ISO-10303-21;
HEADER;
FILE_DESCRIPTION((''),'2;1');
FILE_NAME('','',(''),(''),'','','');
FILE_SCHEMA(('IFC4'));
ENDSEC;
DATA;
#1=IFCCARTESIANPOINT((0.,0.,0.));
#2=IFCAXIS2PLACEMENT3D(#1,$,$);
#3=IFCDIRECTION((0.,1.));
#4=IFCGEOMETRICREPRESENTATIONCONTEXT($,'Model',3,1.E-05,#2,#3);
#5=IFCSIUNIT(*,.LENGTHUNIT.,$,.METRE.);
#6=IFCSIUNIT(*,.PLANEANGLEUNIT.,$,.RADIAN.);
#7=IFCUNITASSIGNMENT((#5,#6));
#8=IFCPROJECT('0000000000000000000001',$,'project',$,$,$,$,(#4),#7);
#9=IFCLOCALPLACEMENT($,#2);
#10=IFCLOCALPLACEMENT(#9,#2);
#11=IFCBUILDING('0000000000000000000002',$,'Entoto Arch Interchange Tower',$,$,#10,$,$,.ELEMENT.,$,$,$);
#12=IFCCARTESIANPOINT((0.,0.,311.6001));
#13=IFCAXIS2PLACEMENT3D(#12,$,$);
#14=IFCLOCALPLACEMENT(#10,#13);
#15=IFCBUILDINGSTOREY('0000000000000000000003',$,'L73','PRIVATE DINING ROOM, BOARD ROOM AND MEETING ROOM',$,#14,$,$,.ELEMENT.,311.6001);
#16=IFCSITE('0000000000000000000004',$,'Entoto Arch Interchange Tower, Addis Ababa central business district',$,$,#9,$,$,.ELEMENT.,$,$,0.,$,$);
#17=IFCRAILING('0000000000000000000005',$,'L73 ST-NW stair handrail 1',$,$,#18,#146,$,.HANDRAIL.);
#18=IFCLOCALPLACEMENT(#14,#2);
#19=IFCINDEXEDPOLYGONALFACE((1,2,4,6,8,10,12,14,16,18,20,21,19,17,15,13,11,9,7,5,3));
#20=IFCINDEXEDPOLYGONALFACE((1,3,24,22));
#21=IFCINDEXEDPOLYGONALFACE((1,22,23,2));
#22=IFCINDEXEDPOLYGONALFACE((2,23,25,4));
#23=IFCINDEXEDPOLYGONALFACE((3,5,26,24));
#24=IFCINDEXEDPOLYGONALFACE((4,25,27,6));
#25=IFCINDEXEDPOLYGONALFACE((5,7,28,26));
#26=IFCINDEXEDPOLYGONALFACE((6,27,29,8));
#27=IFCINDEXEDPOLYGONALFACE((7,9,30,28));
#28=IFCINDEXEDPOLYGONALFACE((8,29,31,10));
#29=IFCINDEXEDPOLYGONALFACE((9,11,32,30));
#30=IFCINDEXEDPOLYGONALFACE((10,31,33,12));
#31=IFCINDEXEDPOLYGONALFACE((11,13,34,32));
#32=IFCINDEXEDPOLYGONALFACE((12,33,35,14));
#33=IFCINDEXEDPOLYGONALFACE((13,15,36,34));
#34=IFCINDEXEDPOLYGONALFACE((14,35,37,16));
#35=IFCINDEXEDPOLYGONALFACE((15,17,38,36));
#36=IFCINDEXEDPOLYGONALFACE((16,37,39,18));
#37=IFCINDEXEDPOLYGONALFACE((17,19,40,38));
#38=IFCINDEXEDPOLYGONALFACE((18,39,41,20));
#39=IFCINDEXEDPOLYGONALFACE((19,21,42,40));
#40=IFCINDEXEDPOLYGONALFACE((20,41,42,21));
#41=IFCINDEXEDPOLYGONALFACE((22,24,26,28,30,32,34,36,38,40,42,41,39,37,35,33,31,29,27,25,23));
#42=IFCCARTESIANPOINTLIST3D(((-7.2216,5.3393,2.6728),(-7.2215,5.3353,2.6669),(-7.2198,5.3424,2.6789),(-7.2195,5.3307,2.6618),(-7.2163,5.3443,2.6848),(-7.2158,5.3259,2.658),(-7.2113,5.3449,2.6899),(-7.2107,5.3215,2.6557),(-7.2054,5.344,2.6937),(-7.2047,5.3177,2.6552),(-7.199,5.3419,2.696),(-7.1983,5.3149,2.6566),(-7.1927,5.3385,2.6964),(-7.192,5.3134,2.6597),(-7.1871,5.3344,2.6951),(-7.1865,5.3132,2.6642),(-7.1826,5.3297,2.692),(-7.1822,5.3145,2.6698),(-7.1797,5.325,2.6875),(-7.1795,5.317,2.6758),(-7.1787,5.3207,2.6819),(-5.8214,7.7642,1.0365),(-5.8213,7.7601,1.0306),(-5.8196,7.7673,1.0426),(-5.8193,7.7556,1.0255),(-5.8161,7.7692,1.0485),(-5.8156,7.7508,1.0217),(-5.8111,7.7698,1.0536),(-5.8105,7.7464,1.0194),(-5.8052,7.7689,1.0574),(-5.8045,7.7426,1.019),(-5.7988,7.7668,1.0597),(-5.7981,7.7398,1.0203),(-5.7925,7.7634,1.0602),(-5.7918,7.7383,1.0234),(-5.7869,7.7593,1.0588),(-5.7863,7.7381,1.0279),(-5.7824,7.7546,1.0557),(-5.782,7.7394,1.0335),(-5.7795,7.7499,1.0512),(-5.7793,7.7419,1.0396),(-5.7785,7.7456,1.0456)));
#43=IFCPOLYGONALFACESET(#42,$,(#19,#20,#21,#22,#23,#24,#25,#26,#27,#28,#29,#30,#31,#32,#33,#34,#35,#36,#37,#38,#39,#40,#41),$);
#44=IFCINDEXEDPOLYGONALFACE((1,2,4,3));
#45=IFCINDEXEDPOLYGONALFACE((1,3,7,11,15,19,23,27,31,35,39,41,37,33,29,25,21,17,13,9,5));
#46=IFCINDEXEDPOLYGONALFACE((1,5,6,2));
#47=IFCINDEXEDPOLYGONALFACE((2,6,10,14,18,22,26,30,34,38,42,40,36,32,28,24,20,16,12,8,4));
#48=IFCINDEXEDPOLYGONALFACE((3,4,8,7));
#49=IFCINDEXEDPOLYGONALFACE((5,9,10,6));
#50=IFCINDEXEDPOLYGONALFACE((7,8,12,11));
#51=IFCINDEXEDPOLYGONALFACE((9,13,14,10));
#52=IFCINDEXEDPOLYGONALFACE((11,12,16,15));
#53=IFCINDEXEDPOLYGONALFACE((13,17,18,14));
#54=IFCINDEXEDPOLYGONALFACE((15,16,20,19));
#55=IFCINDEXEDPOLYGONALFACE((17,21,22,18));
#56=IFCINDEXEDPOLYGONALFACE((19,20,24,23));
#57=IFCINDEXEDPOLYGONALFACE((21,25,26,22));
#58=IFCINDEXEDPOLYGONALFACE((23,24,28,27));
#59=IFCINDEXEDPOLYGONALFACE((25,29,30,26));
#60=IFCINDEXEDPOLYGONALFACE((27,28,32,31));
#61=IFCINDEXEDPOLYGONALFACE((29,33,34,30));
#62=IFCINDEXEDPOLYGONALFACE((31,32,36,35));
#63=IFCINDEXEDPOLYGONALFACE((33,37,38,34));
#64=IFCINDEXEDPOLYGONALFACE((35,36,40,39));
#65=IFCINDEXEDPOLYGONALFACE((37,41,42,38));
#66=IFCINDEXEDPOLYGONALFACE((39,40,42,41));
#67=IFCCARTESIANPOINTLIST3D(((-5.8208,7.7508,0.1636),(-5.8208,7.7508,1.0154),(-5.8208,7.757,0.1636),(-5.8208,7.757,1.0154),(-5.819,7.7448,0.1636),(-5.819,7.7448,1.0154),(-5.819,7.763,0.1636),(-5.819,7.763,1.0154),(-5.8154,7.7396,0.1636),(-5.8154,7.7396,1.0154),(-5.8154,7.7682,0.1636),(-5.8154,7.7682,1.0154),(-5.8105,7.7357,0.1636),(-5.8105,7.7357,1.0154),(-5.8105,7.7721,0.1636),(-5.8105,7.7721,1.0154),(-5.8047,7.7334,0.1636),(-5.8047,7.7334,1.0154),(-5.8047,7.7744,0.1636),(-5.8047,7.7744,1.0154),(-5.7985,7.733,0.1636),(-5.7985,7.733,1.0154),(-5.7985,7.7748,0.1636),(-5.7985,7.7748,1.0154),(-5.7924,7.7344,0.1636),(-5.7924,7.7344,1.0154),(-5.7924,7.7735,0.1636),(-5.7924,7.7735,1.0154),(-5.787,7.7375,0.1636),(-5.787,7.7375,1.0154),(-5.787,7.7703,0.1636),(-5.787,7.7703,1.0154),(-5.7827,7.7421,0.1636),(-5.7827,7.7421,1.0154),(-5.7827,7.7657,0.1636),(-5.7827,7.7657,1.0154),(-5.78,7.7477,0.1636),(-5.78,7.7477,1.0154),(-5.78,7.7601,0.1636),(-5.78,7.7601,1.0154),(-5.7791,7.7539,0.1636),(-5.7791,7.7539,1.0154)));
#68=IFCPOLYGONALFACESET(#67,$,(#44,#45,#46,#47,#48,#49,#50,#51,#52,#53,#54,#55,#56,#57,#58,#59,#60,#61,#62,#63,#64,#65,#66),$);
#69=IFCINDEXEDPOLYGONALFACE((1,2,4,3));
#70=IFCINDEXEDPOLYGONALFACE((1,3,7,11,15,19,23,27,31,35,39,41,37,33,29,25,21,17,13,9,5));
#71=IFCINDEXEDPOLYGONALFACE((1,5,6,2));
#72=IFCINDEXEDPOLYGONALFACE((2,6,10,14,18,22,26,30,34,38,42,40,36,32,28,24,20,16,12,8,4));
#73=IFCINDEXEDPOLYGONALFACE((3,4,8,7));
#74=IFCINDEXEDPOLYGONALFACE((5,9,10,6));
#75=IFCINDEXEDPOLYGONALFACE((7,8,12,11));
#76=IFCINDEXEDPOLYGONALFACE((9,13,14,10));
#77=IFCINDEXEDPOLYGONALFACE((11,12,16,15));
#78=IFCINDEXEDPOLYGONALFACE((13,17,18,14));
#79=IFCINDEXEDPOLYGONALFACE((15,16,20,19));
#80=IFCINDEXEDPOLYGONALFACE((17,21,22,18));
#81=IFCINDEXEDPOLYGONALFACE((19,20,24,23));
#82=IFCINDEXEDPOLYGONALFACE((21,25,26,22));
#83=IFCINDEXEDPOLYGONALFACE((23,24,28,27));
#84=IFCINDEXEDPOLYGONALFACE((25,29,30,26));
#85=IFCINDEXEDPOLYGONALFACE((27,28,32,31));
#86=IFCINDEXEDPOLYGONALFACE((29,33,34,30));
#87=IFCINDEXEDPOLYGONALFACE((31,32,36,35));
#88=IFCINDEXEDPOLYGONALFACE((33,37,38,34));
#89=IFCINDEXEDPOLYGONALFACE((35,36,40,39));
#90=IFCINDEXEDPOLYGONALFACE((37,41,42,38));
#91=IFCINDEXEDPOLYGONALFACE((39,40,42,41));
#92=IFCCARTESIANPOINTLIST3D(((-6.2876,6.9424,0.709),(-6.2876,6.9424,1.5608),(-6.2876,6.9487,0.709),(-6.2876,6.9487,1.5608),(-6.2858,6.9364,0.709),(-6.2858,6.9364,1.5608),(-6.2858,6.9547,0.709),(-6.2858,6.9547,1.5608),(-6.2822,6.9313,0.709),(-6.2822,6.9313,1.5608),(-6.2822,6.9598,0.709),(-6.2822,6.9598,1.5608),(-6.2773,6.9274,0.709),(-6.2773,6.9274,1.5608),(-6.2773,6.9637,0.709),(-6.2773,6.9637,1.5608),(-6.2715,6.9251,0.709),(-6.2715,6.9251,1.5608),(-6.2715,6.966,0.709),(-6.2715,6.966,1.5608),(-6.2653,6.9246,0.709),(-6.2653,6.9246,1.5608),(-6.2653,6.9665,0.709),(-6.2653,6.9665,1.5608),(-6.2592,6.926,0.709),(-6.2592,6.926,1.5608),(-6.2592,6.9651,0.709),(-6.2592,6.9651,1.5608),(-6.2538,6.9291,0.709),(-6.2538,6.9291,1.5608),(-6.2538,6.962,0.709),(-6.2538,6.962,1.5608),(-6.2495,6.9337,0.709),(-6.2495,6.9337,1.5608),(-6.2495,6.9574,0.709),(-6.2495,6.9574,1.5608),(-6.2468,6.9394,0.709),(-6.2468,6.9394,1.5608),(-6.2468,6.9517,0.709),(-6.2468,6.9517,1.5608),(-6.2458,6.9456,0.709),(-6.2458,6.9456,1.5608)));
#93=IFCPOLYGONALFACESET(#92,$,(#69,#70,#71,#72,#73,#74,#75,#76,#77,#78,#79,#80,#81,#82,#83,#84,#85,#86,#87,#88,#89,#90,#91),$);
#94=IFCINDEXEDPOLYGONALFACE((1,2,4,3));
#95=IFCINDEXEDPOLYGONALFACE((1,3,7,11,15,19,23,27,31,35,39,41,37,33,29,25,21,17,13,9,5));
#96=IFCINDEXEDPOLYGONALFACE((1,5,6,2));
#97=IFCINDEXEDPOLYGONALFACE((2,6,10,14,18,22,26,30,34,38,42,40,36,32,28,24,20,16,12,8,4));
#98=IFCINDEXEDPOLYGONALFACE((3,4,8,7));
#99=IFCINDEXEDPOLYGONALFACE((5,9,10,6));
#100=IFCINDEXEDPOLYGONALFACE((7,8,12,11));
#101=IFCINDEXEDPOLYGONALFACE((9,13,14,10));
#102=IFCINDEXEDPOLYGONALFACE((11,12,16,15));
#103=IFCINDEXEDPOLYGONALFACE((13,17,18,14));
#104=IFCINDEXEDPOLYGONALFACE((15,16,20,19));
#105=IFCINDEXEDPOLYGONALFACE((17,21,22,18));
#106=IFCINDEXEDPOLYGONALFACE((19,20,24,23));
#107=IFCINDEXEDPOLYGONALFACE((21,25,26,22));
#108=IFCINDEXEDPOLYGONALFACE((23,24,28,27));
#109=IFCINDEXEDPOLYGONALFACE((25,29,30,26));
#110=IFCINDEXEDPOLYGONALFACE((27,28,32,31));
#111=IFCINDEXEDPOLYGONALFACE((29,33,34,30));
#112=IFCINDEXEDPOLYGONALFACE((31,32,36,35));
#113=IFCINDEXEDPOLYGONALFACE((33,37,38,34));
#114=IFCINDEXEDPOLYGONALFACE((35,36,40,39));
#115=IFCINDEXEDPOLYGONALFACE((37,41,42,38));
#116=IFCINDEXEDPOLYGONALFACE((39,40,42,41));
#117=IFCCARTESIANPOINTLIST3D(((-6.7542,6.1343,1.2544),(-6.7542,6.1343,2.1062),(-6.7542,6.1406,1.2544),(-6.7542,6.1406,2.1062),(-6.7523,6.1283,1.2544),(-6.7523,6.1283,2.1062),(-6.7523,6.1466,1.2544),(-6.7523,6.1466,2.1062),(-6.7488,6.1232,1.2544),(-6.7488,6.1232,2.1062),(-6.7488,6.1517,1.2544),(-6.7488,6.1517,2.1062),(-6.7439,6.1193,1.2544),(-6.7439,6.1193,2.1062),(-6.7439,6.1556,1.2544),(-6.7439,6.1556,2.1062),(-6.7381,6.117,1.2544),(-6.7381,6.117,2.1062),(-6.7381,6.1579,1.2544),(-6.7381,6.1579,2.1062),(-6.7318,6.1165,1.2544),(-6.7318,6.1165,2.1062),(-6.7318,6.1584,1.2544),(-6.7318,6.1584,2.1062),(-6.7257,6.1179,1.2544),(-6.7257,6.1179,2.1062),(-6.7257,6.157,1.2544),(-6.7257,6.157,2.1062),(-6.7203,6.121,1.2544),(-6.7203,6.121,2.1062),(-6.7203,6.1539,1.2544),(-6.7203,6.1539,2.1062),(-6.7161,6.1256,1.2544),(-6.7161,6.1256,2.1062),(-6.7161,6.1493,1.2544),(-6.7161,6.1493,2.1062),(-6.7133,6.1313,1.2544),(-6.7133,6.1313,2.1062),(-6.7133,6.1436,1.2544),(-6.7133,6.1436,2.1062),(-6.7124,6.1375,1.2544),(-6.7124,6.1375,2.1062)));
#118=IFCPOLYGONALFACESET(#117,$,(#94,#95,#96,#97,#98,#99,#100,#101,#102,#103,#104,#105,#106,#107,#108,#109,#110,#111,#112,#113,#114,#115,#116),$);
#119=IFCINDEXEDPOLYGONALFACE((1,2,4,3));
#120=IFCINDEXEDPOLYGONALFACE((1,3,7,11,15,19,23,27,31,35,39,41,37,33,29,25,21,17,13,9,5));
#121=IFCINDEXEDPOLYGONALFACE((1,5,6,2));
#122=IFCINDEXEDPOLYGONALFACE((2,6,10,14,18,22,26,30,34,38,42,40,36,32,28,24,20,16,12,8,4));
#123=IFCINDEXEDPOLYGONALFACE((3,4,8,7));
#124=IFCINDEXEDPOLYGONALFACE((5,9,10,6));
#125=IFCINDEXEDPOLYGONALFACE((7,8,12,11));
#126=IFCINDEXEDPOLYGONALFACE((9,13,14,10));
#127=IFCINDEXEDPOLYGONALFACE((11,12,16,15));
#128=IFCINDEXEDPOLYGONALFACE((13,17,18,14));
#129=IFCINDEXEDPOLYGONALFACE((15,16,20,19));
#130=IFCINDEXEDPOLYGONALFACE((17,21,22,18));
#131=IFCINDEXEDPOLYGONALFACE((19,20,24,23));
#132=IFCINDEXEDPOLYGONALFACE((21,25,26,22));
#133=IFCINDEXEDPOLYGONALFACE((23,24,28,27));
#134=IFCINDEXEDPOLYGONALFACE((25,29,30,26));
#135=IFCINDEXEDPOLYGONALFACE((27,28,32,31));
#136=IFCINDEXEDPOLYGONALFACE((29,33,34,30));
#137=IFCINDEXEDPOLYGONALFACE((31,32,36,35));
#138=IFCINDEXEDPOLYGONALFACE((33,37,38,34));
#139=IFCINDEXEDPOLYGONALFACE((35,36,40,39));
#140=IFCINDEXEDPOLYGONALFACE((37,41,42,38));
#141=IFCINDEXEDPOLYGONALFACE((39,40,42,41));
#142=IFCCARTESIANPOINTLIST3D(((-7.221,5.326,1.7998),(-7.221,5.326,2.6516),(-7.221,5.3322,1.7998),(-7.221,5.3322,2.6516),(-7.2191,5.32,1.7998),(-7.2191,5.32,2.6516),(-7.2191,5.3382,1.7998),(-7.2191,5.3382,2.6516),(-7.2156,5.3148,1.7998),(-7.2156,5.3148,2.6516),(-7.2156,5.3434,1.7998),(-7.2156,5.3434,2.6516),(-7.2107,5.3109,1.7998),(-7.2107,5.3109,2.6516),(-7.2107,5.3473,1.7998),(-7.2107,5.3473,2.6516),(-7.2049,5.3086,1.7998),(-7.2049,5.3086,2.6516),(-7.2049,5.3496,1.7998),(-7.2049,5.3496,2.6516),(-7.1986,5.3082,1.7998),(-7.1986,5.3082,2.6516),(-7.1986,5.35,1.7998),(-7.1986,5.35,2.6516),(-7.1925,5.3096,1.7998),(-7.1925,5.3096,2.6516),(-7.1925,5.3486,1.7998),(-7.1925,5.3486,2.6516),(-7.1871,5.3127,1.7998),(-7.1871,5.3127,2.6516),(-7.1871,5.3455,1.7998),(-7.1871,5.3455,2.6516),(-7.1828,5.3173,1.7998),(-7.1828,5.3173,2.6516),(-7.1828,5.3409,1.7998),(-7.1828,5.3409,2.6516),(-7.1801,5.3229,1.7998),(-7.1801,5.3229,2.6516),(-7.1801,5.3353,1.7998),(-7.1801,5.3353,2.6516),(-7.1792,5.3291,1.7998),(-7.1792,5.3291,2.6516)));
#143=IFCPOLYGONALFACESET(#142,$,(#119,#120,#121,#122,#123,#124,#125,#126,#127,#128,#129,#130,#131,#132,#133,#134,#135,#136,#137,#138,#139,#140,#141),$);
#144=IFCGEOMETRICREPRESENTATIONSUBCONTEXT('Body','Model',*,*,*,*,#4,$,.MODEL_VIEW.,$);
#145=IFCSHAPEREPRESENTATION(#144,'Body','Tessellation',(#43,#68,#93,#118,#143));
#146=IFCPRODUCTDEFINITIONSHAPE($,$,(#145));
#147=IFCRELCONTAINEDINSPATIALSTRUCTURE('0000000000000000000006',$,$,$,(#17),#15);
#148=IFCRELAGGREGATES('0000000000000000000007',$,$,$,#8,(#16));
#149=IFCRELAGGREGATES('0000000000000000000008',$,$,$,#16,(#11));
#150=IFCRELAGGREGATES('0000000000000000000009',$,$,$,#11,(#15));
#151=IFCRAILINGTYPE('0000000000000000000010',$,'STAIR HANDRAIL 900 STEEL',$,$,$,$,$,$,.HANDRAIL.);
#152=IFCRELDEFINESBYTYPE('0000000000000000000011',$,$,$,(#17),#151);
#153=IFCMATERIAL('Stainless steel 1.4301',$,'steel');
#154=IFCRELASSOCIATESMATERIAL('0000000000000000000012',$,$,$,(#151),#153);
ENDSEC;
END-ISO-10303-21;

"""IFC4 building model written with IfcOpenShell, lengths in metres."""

from ifc_helpers import new_model, si_unit, direction, frame, origin, origin_2d, place, context, subcontext, project, spatial, circle, extrude, material, type_object, element, save


model = new_model("IFC4")

# Units and contexts
model_context = context("Model", 3, precision=1e-05, world=origin(), true_north=direction((0.0, 1.0)))
body_context = subcontext(model_context, "Body", "Model", "MODEL_VIEW")
ifc_project = project(units=[si_unit("LENGTHUNIT", "METRE"), si_unit("PLANEANGLEUNIT", "RADIAN")], contexts=[model_context])

# Site, building, storey
site_placement = place(None, origin())
site = spatial("IfcSite", under=ifc_project, at=site_placement, Name="Entoto Arch Interchange Tower, Addis Ababa central business district", CompositionType="ELEMENT", RefElevation=0.0)
building_placement = place(site_placement, origin())
building = spatial("IfcBuilding", under=site, at=building_placement, Name="Entoto Arch Interchange Tower", CompositionType="ELEMENT")
storey_placement = place(building_placement, frame((0.0, 0.0, 311.6001)))
storey = spatial("IfcBuildingStorey", under=building, at=storey_placement, Name="L73", Description="PRIVATE DINING ROOM, BOARD ROOM AND MEETING ROOM", CompositionType="ELEMENT", Elevation=311.6001)

# Railing
ifc_material_1 = material(Name="Stainless steel 1.4301", Category="steel")
railing_type_1 = type_object("IfcRailingType", Name="STAIR HANDRAIL 900 STEEL", PredefinedType="HANDRAIL", material=ifc_material_1)
railing_1_placement = place(storey_placement, frame((-5.8, 7.7539, 0.1636)))
element("IfcRailing", 1, at=railing_1_placement, inside=storey, type_object=railing_type_1, Name="L73 ST-NW stair handrail 1", PredefinedType="HANDRAIL", context=body_context, shape_type="SweptSolid", body=[
    extrude(circle(Radius=0.0239, at=origin_2d()), frame((0.0, 0.0, 0.876), z_axis=(-0.431738, -0.747694, 0.504535), x_axis=(0.865997, -0.50005, 0.0)), (0.0, 0.0, 1.0), 3.2432),
    extrude(circle(Radius=0.021, at=origin_2d()), origin(), (0.0, 0.0, 1.0), 0.8518),
    extrude(circle(Radius=0.021, at=origin_2d()), frame((-0.4668, -0.8083, 0.5454)), (0.0, 0.0, 1.0), 0.8518),
    extrude(circle(Radius=0.021, at=origin_2d()), frame((-0.9333, -1.6165, 1.0908)), (0.0, 0.0, 1.0), 0.8518),
    extrude(circle(Radius=0.021, at=origin_2d()), frame((-1.4001, -2.4248, 1.6362)), (0.0, 0.0, 1.0), 0.8518),
])

save(model, "model.ifc")
